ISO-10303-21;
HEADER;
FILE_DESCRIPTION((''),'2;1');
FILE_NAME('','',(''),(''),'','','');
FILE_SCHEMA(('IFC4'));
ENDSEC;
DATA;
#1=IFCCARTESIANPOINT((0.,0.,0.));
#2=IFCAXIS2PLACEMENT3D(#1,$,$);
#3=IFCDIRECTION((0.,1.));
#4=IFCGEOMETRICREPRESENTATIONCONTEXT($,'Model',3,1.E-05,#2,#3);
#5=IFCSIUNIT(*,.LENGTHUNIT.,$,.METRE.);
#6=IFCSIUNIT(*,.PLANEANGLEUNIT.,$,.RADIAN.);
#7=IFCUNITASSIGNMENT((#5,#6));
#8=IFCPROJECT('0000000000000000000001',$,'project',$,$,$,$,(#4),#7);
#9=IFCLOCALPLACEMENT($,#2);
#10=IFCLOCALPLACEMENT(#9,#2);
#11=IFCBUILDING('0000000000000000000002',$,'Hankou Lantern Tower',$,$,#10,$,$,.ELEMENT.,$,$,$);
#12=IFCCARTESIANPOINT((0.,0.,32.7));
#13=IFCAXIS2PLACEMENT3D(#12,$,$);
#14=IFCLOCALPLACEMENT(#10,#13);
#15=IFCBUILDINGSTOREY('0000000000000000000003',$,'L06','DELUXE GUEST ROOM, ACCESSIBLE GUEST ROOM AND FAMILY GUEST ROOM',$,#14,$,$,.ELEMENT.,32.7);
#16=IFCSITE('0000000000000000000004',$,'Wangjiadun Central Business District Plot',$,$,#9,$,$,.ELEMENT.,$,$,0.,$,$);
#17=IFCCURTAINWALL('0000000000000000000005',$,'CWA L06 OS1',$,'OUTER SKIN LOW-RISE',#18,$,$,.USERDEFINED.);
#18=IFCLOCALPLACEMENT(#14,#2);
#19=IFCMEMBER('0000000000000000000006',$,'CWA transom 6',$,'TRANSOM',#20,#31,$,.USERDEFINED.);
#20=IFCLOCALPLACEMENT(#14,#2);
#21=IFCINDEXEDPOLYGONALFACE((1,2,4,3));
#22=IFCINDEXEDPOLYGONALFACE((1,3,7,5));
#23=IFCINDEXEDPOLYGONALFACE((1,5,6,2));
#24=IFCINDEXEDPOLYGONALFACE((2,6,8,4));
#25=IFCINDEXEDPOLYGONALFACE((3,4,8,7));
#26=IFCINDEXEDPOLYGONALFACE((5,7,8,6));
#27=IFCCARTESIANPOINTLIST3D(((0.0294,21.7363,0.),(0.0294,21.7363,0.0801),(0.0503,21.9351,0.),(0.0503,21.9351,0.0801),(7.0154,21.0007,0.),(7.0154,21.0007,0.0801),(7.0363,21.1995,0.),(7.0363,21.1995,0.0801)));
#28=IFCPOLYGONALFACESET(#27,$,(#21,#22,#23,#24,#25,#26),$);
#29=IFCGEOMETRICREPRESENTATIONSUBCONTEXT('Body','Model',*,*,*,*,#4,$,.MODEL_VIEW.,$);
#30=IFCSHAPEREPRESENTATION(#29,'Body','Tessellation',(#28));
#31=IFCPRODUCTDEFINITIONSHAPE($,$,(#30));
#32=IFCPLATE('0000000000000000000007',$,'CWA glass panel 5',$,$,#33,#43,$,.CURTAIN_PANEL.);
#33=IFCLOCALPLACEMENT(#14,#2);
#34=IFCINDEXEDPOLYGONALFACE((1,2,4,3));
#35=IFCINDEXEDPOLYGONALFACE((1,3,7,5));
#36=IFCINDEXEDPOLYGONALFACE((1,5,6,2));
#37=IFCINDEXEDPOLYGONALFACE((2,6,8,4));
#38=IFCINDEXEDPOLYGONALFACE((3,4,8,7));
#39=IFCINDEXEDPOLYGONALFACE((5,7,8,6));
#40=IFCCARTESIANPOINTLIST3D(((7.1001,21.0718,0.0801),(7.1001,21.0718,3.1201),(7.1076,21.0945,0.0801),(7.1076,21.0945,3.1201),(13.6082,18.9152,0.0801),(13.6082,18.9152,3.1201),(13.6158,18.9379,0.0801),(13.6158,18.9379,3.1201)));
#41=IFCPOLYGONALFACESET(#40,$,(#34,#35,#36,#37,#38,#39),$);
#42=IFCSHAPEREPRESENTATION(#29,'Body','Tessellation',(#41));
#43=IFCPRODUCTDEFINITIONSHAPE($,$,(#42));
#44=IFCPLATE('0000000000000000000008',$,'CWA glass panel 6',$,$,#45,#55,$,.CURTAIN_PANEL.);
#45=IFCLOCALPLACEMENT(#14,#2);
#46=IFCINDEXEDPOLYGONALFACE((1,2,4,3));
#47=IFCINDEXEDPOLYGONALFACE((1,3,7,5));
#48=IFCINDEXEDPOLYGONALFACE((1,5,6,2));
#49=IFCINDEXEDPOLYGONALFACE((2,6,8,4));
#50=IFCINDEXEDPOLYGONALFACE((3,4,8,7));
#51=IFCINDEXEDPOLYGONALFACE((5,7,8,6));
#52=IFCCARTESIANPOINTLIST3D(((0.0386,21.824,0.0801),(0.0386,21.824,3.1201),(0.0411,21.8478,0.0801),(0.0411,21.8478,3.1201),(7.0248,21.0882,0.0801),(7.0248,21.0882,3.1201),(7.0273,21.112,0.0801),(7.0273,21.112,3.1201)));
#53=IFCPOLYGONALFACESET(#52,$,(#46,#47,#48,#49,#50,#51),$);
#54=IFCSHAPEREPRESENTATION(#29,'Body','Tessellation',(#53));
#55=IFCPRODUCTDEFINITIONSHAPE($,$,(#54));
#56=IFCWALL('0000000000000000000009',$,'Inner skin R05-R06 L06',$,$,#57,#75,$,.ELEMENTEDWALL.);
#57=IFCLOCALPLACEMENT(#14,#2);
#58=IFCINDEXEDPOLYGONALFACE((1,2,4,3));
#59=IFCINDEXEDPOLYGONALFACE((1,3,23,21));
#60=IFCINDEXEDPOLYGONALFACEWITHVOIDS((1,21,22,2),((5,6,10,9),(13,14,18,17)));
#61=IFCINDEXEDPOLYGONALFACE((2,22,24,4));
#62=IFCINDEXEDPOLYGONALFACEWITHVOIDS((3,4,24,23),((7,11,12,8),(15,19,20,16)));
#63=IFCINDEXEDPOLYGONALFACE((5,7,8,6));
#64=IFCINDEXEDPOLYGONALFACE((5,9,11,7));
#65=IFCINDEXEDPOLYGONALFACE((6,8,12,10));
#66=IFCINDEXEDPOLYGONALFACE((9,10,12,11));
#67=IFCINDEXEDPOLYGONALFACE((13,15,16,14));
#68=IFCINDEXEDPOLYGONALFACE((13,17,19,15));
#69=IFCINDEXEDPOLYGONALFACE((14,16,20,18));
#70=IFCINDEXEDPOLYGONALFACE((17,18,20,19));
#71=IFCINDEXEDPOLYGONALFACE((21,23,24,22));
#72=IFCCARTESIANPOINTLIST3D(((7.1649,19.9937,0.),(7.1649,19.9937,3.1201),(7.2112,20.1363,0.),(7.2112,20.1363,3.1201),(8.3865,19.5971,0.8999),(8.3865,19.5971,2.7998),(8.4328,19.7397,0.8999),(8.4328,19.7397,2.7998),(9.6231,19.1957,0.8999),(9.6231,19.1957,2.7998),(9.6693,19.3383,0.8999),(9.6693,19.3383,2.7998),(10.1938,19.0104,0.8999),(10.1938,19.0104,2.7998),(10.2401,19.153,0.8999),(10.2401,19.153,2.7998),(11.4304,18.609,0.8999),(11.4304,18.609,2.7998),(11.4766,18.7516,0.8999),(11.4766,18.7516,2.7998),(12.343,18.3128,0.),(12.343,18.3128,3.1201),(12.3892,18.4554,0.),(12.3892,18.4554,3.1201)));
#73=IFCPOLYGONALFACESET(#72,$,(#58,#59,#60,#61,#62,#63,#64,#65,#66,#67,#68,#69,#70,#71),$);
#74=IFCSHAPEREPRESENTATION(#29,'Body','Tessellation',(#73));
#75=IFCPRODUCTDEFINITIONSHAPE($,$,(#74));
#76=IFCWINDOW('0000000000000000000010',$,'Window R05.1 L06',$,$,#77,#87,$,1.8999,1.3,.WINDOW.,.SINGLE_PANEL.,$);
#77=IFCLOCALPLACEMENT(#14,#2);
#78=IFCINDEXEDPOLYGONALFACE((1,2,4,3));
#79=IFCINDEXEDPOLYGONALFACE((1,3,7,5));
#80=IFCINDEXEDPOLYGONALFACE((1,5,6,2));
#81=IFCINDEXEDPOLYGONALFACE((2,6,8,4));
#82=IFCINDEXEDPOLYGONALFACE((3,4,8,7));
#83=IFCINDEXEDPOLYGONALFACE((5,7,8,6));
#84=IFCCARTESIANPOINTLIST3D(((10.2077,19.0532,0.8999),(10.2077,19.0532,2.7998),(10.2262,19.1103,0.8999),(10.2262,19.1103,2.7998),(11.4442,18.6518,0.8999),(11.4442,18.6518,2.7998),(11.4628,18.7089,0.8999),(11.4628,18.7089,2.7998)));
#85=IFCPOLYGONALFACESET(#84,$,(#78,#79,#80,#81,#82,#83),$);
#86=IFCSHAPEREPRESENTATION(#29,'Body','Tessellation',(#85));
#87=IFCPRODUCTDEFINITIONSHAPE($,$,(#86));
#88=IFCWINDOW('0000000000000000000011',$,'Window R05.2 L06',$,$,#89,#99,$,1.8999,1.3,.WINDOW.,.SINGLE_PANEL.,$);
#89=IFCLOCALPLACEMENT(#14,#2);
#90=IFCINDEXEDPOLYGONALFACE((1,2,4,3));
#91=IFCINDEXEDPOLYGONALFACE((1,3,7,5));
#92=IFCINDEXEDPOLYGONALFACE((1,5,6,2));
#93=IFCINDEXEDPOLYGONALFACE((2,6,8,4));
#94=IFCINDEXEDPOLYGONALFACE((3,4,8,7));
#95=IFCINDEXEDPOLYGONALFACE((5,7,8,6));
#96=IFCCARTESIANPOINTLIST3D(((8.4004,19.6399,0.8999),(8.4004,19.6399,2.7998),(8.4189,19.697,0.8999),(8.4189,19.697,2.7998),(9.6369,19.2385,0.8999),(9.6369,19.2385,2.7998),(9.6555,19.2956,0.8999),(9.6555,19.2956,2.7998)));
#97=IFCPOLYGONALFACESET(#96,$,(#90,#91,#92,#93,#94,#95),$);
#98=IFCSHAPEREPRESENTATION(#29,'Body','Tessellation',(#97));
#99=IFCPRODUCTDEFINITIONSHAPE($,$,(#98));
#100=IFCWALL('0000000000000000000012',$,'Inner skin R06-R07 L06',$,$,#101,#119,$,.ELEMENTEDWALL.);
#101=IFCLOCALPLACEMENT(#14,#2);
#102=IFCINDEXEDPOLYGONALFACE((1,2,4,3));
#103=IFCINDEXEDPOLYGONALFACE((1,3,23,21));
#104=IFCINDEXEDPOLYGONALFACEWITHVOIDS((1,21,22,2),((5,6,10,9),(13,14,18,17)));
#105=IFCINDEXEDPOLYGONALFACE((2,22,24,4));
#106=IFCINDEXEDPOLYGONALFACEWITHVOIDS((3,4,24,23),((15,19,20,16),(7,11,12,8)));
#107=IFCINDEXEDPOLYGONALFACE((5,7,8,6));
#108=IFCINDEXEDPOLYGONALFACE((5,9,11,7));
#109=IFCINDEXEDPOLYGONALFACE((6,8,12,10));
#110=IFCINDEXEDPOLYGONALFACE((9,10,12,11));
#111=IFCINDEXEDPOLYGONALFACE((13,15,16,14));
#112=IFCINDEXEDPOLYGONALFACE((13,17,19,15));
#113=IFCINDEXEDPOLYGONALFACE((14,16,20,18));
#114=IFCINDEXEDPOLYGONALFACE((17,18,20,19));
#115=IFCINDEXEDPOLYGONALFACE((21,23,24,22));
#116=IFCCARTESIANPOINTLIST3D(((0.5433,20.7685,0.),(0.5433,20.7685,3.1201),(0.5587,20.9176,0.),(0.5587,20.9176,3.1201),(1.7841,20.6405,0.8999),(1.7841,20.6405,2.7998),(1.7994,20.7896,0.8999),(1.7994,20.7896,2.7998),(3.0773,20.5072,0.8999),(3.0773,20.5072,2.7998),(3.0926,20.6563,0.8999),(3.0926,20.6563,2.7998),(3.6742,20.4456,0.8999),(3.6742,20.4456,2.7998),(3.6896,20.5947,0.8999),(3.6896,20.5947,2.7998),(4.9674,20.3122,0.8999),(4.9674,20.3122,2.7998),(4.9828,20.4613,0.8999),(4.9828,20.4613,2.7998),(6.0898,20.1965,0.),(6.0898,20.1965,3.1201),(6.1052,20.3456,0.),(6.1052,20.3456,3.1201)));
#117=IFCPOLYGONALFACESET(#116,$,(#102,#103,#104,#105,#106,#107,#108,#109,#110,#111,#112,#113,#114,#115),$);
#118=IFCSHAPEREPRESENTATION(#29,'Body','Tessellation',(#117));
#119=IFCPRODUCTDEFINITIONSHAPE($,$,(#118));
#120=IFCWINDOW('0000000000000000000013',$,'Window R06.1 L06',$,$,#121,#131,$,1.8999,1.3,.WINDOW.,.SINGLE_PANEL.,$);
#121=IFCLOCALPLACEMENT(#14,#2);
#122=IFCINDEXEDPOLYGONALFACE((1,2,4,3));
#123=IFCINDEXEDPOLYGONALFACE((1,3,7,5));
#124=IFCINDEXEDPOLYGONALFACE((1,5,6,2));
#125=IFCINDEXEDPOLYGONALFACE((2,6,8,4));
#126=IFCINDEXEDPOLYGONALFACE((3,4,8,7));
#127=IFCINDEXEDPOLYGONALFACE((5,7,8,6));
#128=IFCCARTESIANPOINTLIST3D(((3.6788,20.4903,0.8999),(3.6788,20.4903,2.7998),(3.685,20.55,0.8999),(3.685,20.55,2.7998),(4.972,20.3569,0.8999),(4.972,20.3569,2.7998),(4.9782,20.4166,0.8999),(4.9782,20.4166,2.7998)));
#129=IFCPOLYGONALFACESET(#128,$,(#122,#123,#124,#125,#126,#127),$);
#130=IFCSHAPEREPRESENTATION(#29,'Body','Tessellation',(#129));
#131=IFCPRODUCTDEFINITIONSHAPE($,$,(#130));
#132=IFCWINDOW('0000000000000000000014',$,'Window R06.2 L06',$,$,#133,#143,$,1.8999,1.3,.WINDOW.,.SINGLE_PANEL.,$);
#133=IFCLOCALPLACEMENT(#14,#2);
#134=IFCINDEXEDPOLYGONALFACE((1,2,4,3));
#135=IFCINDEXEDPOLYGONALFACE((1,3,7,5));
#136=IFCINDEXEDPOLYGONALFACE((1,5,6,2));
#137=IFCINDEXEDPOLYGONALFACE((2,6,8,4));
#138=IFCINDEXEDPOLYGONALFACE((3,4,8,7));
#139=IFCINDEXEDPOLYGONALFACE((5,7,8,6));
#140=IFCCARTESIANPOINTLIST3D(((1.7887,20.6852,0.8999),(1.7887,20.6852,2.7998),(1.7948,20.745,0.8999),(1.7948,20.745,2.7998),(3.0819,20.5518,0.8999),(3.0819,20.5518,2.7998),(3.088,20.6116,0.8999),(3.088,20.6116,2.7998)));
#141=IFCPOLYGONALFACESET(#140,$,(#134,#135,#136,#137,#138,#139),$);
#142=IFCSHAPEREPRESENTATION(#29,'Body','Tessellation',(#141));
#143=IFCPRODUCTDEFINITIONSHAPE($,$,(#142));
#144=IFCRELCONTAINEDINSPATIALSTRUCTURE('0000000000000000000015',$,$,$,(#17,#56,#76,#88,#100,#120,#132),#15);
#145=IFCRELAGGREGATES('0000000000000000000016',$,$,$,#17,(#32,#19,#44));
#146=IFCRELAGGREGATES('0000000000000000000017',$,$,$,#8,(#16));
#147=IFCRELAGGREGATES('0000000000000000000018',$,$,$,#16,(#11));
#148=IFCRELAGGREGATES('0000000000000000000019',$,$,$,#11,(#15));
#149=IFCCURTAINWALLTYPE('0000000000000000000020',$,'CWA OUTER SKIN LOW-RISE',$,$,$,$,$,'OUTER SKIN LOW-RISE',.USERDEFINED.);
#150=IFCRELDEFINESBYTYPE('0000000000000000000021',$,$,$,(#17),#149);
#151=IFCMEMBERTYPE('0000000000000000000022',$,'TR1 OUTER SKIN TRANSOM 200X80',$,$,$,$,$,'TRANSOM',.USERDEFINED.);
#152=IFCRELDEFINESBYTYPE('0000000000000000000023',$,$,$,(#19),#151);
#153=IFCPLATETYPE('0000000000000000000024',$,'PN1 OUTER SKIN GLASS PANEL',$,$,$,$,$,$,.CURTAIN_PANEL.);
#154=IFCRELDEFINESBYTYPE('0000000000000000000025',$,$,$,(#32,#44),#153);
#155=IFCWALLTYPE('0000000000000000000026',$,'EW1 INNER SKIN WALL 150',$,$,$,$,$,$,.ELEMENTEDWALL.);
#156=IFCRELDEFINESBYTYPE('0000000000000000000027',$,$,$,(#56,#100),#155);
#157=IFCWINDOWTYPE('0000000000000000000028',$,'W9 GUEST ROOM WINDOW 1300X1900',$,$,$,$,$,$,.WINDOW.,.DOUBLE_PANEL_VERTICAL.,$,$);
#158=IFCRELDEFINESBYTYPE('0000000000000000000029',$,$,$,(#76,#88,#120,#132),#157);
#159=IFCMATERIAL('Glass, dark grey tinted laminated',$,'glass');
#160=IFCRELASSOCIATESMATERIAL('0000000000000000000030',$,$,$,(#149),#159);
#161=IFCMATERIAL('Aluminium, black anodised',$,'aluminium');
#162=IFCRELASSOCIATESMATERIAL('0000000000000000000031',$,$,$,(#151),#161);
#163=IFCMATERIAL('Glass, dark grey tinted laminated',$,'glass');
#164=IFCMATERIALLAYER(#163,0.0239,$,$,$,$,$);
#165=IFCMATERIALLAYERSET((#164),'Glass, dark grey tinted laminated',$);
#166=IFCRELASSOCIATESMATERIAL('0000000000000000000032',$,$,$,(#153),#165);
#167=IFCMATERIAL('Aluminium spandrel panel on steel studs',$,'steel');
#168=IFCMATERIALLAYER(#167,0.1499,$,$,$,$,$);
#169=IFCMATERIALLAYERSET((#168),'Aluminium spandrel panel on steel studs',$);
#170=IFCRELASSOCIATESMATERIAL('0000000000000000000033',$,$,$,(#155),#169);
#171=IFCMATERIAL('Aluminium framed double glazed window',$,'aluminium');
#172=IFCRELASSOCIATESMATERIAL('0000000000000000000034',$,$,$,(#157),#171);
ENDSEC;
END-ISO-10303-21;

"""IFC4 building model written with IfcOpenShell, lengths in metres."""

from ifc_helpers import new_model, si_unit, direction, frame, frame_2d, origin, origin_2d, place, context, subcontext, project, spatial, rectangle, extrude, material, layer, layer_set, material_profile, profile_set, type_object, element, fill, aggregate, save


model = new_model("IFC4")

# Units and contexts
model_context = context("Model", 3, precision=1e-05, world=origin(), true_north=direction((0.0, 1.0)))
body_context = subcontext(model_context, "Body", "Model", "MODEL_VIEW")
ifc_project = project(units=[si_unit("LENGTHUNIT", "METRE"), si_unit("PLANEANGLEUNIT", "RADIAN")], contexts=[model_context])

# Site, building, storey
site_placement = place(None, origin())
site = spatial("IfcSite", under=ifc_project, at=site_placement, Name="Wangjiadun Central Business District Plot", CompositionType="ELEMENT", RefElevation=0.0)
building_placement = place(site_placement, origin())
building = spatial("IfcBuilding", under=site, at=building_placement, Name="Hankou Lantern Tower", CompositionType="ELEMENT")
storey_placement = place(building_placement, frame((0.0, 0.0, 32.7)))
storey = spatial("IfcBuildingStorey", under=building, at=storey_placement, Name="L06", Description="DELUXE GUEST ROOM, ACCESSIBLE GUEST ROOM AND FAMILY GUEST ROOM", CompositionType="ELEMENT", Elevation=32.7)

# Curtain wall
ifc_material_1 = material(Name="Glass, dark grey tinted laminated", Category="glass")
curtain_wall_type = type_object("IfcCurtainWallType", Name="CWA OUTER SKIN LOW-RISE", ElementType="OUTER SKIN LOW-RISE", PredefinedType="USERDEFINED", material=ifc_material_1)
curtain_wall_1_placement = place(storey_placement, origin())
curtain_wall_1 = element("IfcCurtainWall", 1, at=curtain_wall_1_placement, inside=storey, type_object=curtain_wall_type, Name="CWA L06 OS1", ObjectType="OUTER SKIN LOW-RISE", PredefinedType="USERDEFINED")

# Member
ifc_material_2 = material(Name="Aluminium, black anodised", Category="aluminium")
ifc_material_profile_1 = material_profile(ifc_material_2, rectangle(XDim=0.2, YDim=0.0801, at=origin_2d()), Name="TR1 200X80")
ifc_profile_set_1 = profile_set([ifc_material_profile_1], Name="Aluminium, black anodised")
member_type_1 = type_object("IfcMemberType", Name="TR1 OUTER SKIN TRANSOM 200X80", ElementType="TRANSOM", PredefinedType="USERDEFINED", material=ifc_profile_set_1)
member_1_placement = place(storey_placement, frame((7.0259, 21.1001, 0.04), z_axis=(-0.994502, 0.104716, 0.0), x_axis=(-0.104716, -0.994502, 0.0)))
member_1 = element("IfcMember", 2, at=member_1_placement, type_object=member_type_1, Name="CWA transom 6", ObjectType="TRANSOM", PredefinedType="USERDEFINED", context=body_context, shape_type="SweptSolid", body=[
    extrude(rectangle(XDim=0.2, YDim=0.0801, at=origin_2d()), origin(), (0.0, 0.0, 1.0), 7.0247),
])

# Plates
ifc_material_3 = material(Name="Glass, dark grey tinted laminated", Category="glass")
ifc_layer_1 = layer(ifc_material_3, 0.0239)
ifc_layer_set_1 = layer_set([ifc_layer_1], Name="Glass, dark grey tinted laminated")
plate_type = type_object("IfcPlateType", Name="PN1 OUTER SKIN GLASS PANEL", PredefinedType="CURTAIN_PANEL", material=ifc_layer_set_1)
plate_1_placement = place(storey_placement, frame((10.3579, 20.0049, 0.0801), z_axis=(0.0, 0.0, 1.0), x_axis=(-0.949241, 0.314551, 0.0)))
plate_1 = element("IfcPlate", 3, at=plate_1_placement, type_object=plate_type, Name="CWA glass panel 5", PredefinedType="CURTAIN_PANEL", context=body_context, shape_type="SweptSolid", body=[
    extrude(rectangle(XDim=6.8562, YDim=0.0239, at=origin_2d()), origin(), (0.0, 0.0, 1.0), 3.04),
])
plate_2_placement = place(storey_placement, frame((3.533, 21.468, 0.0801), z_axis=(0.0, 0.0, 1.0), x_axis=(-0.994499, 0.104743, 0.0)))
plate_2 = element("IfcPlate", 4, at=plate_2_placement, type_object=plate_type, Name="CWA glass panel 6", PredefinedType="CURTAIN_PANEL", context=body_context, shape_type="SweptSolid", body=[
    extrude(rectangle(XDim=7.0249, YDim=0.0239, at=origin_2d()), origin(), (0.0, 0.0, 1.0), 3.04),
])
aggregate(curtain_wall_1, [plate_1, member_1, plate_2])

# Walls, openings, windows
ifc_material_4 = material(Name="Aluminium spandrel panel on steel studs", Category="steel")
ifc_layer_2 = layer(ifc_material_4, 0.1499)
ifc_layer_set_2 = layer_set([ifc_layer_2], Name="Aluminium spandrel panel on steel studs")
wall_type_1 = type_object("IfcWallType", Name="EW1 INNER SKIN WALL 150", PredefinedType="ELEMENTEDWALL", material=ifc_layer_set_2)
wall_1_placement = place(storey_placement, frame((12.3662, 18.384, 0.0), z_axis=(0.0, 0.0, 1.0), x_axis=(-0.951138, 0.308765, 0.0)))
wall_1 = element("IfcWall", 5, at=wall_1_placement, inside=storey, type_object=wall_type_1, Name="Inner skin R05-R06 L06", PredefinedType="ELEMENTEDWALL", context=body_context, shape_type="SweptSolid", body=[
    extrude(rectangle(XDim=5.4441, YDim=0.1499, at=frame_2d((2.7222, 0.0))), origin(), (0.0, 0.0, 1.0), 3.1201),
])
opening_1_placement = place(wall_1_placement, frame((0.9597, 0.0, 0.8999)))
opening_1 = element("IfcOpeningElement", 6, at=opening_1_placement, cuts=wall_1, PredefinedType="OPENING", context=body_context, shape_type="SweptSolid", body=[
    extrude(rectangle(XDim=1.3, YDim=1.8999, at=frame_2d((0.6499, 0.95))), frame((0.0, 0.085, 0.0), z_axis=(0.0, -1.0, 0.0), x_axis=(1.0, 0.0, 0.0)), (0.0, 0.0, 1.0), 0.1699),
])
opening_2_placement = place(wall_1_placement, frame((2.8599, 0.0, 0.8999)))
opening_2 = element("IfcOpeningElement", 7, at=opening_2_placement, cuts=wall_1, PredefinedType="OPENING", context=body_context, shape_type="SweptSolid", body=[
    extrude(rectangle(XDim=1.3, YDim=1.8999, at=frame_2d((0.6499, 0.95))), frame((0.0, 0.085, 0.0), z_axis=(0.0, -1.0, 0.0), x_axis=(1.0, 0.0, 0.0)), (0.0, 0.0, 1.0), 0.1699),
])
ifc_material_5 = material(Name="Aluminium framed double glazed window", Category="aluminium")
window_type = type_object("IfcWindowType", Name="W9 GUEST ROOM WINDOW 1300X1900", PartitioningType="DOUBLE_PANEL_VERTICAL", PredefinedType="WINDOW", material=ifc_material_5)
window_1_placement = place(opening_1_placement, origin())
window_1 = element("IfcWindow", 8, at=window_1_placement, inside=storey, type_object=window_type, Name="Window R05.1 L06", OverallHeight=1.8999, OverallWidth=1.3, PartitioningType="SINGLE_PANEL", PredefinedType="WINDOW", context=body_context, shape_type="SweptSolid", body=[
    extrude(rectangle(XDim=1.3, YDim=1.8999, at=frame_2d((0.6499, 0.95))), frame((0.0, 0.03, 0.0), z_axis=(0.0, -1.0, 0.0), x_axis=(1.0, 0.0, 0.0)), (0.0, 0.0, 1.0), 0.0601),
])
fill(opening_1, window_1)
window_2_placement = place(opening_2_placement, origin())
window_2 = element("IfcWindow", 9, at=window_2_placement, inside=storey, type_object=window_type, Name="Window R05.2 L06", OverallHeight=1.8999, OverallWidth=1.3, PartitioningType="SINGLE_PANEL", PredefinedType="WINDOW", context=body_context, shape_type="SweptSolid", body=[
    extrude(rectangle(XDim=1.3, YDim=1.8999, at=frame_2d((0.6499, 0.95))), frame((0.0, 0.03, 0.0), z_axis=(0.0, -1.0, 0.0), x_axis=(1.0, 0.0, 0.0)), (0.0, 0.0, 1.0), 0.0601),
])
fill(opening_2, window_2)
wall_2_placement = place(storey_placement, frame((6.0977, 20.271, 0.0), z_axis=(0.0, 0.0, 1.0), x_axis=(-0.994724, 0.10259, 0.0)))
wall_2 = element("IfcWall", 10, at=wall_2_placement, inside=storey, type_object=wall_type_1, Name="Inner skin R06-R07 L06", PredefinedType="ELEMENTEDWALL", context=body_context, shape_type="SweptSolid", body=[
    extrude(rectangle(XDim=5.5759, YDim=0.1499, at=frame_2d((2.7881, 0.0))), origin(), (0.0, 0.0, 1.0), 3.1201),
])
opening_3_placement = place(wall_2_placement, frame((1.1287, 0.0, 0.8999)))
opening_3 = element("IfcOpeningElement", 11, at=opening_3_placement, cuts=wall_2, PredefinedType="OPENING", context=body_context, shape_type="SweptSolid", body=[
    extrude(rectangle(XDim=1.3, YDim=1.8999, at=frame_2d((0.6499, 0.95))), frame((0.0, 0.085, 0.0), z_axis=(0.0, -1.0, 0.0), x_axis=(1.0, 0.0, 0.0)), (0.0, 0.0, 1.0), 0.1699),
])
opening_4_placement = place(wall_2_placement, frame((3.0288, 0.0, 0.8999)))
opening_4 = element("IfcOpeningElement", 12, at=opening_4_placement, cuts=wall_2, PredefinedType="OPENING", context=body_context, shape_type="SweptSolid", body=[
    extrude(rectangle(XDim=1.3, YDim=1.8999, at=frame_2d((0.6499, 0.95))), frame((0.0, 0.085, 0.0), z_axis=(0.0, -1.0, 0.0), x_axis=(1.0, 0.0, 0.0)), (0.0, 0.0, 1.0), 0.1699),
])
window_3_placement = place(opening_3_placement, origin())
window_3 = element("IfcWindow", 13, at=window_3_placement, inside=storey, type_object=window_type, Name="Window R06.1 L06", OverallHeight=1.8999, OverallWidth=1.3, PartitioningType="SINGLE_PANEL", PredefinedType="WINDOW", context=body_context, shape_type="SweptSolid", body=[
    extrude(rectangle(XDim=1.3, YDim=1.8999, at=frame_2d((0.6499, 0.95))), frame((0.0, 0.03, 0.0), z_axis=(0.0, -1.0, 0.0), x_axis=(1.0, 0.0, 0.0)), (0.0, 0.0, 1.0), 0.0601),
])
fill(opening_3, window_3)
window_4_placement = place(opening_4_placement, origin())
window_4 = element("IfcWindow", 14, at=window_4_placement, inside=storey, type_object=window_type, Name="Window R06.2 L06", OverallHeight=1.8999, OverallWidth=1.3, PartitioningType="SINGLE_PANEL", PredefinedType="WINDOW", context=body_context, shape_type="SweptSolid", body=[
    extrude(rectangle(XDim=1.3, YDim=1.8999, at=frame_2d((0.6499, 0.95))), frame((0.0, 0.03, 0.0), z_axis=(0.0, -1.0, 0.0), x_axis=(1.0, 0.0, 0.0)), (0.0, 0.0, 1.0), 0.0601),
])
fill(opening_4, window_4)

save(model, "model.ifc")
